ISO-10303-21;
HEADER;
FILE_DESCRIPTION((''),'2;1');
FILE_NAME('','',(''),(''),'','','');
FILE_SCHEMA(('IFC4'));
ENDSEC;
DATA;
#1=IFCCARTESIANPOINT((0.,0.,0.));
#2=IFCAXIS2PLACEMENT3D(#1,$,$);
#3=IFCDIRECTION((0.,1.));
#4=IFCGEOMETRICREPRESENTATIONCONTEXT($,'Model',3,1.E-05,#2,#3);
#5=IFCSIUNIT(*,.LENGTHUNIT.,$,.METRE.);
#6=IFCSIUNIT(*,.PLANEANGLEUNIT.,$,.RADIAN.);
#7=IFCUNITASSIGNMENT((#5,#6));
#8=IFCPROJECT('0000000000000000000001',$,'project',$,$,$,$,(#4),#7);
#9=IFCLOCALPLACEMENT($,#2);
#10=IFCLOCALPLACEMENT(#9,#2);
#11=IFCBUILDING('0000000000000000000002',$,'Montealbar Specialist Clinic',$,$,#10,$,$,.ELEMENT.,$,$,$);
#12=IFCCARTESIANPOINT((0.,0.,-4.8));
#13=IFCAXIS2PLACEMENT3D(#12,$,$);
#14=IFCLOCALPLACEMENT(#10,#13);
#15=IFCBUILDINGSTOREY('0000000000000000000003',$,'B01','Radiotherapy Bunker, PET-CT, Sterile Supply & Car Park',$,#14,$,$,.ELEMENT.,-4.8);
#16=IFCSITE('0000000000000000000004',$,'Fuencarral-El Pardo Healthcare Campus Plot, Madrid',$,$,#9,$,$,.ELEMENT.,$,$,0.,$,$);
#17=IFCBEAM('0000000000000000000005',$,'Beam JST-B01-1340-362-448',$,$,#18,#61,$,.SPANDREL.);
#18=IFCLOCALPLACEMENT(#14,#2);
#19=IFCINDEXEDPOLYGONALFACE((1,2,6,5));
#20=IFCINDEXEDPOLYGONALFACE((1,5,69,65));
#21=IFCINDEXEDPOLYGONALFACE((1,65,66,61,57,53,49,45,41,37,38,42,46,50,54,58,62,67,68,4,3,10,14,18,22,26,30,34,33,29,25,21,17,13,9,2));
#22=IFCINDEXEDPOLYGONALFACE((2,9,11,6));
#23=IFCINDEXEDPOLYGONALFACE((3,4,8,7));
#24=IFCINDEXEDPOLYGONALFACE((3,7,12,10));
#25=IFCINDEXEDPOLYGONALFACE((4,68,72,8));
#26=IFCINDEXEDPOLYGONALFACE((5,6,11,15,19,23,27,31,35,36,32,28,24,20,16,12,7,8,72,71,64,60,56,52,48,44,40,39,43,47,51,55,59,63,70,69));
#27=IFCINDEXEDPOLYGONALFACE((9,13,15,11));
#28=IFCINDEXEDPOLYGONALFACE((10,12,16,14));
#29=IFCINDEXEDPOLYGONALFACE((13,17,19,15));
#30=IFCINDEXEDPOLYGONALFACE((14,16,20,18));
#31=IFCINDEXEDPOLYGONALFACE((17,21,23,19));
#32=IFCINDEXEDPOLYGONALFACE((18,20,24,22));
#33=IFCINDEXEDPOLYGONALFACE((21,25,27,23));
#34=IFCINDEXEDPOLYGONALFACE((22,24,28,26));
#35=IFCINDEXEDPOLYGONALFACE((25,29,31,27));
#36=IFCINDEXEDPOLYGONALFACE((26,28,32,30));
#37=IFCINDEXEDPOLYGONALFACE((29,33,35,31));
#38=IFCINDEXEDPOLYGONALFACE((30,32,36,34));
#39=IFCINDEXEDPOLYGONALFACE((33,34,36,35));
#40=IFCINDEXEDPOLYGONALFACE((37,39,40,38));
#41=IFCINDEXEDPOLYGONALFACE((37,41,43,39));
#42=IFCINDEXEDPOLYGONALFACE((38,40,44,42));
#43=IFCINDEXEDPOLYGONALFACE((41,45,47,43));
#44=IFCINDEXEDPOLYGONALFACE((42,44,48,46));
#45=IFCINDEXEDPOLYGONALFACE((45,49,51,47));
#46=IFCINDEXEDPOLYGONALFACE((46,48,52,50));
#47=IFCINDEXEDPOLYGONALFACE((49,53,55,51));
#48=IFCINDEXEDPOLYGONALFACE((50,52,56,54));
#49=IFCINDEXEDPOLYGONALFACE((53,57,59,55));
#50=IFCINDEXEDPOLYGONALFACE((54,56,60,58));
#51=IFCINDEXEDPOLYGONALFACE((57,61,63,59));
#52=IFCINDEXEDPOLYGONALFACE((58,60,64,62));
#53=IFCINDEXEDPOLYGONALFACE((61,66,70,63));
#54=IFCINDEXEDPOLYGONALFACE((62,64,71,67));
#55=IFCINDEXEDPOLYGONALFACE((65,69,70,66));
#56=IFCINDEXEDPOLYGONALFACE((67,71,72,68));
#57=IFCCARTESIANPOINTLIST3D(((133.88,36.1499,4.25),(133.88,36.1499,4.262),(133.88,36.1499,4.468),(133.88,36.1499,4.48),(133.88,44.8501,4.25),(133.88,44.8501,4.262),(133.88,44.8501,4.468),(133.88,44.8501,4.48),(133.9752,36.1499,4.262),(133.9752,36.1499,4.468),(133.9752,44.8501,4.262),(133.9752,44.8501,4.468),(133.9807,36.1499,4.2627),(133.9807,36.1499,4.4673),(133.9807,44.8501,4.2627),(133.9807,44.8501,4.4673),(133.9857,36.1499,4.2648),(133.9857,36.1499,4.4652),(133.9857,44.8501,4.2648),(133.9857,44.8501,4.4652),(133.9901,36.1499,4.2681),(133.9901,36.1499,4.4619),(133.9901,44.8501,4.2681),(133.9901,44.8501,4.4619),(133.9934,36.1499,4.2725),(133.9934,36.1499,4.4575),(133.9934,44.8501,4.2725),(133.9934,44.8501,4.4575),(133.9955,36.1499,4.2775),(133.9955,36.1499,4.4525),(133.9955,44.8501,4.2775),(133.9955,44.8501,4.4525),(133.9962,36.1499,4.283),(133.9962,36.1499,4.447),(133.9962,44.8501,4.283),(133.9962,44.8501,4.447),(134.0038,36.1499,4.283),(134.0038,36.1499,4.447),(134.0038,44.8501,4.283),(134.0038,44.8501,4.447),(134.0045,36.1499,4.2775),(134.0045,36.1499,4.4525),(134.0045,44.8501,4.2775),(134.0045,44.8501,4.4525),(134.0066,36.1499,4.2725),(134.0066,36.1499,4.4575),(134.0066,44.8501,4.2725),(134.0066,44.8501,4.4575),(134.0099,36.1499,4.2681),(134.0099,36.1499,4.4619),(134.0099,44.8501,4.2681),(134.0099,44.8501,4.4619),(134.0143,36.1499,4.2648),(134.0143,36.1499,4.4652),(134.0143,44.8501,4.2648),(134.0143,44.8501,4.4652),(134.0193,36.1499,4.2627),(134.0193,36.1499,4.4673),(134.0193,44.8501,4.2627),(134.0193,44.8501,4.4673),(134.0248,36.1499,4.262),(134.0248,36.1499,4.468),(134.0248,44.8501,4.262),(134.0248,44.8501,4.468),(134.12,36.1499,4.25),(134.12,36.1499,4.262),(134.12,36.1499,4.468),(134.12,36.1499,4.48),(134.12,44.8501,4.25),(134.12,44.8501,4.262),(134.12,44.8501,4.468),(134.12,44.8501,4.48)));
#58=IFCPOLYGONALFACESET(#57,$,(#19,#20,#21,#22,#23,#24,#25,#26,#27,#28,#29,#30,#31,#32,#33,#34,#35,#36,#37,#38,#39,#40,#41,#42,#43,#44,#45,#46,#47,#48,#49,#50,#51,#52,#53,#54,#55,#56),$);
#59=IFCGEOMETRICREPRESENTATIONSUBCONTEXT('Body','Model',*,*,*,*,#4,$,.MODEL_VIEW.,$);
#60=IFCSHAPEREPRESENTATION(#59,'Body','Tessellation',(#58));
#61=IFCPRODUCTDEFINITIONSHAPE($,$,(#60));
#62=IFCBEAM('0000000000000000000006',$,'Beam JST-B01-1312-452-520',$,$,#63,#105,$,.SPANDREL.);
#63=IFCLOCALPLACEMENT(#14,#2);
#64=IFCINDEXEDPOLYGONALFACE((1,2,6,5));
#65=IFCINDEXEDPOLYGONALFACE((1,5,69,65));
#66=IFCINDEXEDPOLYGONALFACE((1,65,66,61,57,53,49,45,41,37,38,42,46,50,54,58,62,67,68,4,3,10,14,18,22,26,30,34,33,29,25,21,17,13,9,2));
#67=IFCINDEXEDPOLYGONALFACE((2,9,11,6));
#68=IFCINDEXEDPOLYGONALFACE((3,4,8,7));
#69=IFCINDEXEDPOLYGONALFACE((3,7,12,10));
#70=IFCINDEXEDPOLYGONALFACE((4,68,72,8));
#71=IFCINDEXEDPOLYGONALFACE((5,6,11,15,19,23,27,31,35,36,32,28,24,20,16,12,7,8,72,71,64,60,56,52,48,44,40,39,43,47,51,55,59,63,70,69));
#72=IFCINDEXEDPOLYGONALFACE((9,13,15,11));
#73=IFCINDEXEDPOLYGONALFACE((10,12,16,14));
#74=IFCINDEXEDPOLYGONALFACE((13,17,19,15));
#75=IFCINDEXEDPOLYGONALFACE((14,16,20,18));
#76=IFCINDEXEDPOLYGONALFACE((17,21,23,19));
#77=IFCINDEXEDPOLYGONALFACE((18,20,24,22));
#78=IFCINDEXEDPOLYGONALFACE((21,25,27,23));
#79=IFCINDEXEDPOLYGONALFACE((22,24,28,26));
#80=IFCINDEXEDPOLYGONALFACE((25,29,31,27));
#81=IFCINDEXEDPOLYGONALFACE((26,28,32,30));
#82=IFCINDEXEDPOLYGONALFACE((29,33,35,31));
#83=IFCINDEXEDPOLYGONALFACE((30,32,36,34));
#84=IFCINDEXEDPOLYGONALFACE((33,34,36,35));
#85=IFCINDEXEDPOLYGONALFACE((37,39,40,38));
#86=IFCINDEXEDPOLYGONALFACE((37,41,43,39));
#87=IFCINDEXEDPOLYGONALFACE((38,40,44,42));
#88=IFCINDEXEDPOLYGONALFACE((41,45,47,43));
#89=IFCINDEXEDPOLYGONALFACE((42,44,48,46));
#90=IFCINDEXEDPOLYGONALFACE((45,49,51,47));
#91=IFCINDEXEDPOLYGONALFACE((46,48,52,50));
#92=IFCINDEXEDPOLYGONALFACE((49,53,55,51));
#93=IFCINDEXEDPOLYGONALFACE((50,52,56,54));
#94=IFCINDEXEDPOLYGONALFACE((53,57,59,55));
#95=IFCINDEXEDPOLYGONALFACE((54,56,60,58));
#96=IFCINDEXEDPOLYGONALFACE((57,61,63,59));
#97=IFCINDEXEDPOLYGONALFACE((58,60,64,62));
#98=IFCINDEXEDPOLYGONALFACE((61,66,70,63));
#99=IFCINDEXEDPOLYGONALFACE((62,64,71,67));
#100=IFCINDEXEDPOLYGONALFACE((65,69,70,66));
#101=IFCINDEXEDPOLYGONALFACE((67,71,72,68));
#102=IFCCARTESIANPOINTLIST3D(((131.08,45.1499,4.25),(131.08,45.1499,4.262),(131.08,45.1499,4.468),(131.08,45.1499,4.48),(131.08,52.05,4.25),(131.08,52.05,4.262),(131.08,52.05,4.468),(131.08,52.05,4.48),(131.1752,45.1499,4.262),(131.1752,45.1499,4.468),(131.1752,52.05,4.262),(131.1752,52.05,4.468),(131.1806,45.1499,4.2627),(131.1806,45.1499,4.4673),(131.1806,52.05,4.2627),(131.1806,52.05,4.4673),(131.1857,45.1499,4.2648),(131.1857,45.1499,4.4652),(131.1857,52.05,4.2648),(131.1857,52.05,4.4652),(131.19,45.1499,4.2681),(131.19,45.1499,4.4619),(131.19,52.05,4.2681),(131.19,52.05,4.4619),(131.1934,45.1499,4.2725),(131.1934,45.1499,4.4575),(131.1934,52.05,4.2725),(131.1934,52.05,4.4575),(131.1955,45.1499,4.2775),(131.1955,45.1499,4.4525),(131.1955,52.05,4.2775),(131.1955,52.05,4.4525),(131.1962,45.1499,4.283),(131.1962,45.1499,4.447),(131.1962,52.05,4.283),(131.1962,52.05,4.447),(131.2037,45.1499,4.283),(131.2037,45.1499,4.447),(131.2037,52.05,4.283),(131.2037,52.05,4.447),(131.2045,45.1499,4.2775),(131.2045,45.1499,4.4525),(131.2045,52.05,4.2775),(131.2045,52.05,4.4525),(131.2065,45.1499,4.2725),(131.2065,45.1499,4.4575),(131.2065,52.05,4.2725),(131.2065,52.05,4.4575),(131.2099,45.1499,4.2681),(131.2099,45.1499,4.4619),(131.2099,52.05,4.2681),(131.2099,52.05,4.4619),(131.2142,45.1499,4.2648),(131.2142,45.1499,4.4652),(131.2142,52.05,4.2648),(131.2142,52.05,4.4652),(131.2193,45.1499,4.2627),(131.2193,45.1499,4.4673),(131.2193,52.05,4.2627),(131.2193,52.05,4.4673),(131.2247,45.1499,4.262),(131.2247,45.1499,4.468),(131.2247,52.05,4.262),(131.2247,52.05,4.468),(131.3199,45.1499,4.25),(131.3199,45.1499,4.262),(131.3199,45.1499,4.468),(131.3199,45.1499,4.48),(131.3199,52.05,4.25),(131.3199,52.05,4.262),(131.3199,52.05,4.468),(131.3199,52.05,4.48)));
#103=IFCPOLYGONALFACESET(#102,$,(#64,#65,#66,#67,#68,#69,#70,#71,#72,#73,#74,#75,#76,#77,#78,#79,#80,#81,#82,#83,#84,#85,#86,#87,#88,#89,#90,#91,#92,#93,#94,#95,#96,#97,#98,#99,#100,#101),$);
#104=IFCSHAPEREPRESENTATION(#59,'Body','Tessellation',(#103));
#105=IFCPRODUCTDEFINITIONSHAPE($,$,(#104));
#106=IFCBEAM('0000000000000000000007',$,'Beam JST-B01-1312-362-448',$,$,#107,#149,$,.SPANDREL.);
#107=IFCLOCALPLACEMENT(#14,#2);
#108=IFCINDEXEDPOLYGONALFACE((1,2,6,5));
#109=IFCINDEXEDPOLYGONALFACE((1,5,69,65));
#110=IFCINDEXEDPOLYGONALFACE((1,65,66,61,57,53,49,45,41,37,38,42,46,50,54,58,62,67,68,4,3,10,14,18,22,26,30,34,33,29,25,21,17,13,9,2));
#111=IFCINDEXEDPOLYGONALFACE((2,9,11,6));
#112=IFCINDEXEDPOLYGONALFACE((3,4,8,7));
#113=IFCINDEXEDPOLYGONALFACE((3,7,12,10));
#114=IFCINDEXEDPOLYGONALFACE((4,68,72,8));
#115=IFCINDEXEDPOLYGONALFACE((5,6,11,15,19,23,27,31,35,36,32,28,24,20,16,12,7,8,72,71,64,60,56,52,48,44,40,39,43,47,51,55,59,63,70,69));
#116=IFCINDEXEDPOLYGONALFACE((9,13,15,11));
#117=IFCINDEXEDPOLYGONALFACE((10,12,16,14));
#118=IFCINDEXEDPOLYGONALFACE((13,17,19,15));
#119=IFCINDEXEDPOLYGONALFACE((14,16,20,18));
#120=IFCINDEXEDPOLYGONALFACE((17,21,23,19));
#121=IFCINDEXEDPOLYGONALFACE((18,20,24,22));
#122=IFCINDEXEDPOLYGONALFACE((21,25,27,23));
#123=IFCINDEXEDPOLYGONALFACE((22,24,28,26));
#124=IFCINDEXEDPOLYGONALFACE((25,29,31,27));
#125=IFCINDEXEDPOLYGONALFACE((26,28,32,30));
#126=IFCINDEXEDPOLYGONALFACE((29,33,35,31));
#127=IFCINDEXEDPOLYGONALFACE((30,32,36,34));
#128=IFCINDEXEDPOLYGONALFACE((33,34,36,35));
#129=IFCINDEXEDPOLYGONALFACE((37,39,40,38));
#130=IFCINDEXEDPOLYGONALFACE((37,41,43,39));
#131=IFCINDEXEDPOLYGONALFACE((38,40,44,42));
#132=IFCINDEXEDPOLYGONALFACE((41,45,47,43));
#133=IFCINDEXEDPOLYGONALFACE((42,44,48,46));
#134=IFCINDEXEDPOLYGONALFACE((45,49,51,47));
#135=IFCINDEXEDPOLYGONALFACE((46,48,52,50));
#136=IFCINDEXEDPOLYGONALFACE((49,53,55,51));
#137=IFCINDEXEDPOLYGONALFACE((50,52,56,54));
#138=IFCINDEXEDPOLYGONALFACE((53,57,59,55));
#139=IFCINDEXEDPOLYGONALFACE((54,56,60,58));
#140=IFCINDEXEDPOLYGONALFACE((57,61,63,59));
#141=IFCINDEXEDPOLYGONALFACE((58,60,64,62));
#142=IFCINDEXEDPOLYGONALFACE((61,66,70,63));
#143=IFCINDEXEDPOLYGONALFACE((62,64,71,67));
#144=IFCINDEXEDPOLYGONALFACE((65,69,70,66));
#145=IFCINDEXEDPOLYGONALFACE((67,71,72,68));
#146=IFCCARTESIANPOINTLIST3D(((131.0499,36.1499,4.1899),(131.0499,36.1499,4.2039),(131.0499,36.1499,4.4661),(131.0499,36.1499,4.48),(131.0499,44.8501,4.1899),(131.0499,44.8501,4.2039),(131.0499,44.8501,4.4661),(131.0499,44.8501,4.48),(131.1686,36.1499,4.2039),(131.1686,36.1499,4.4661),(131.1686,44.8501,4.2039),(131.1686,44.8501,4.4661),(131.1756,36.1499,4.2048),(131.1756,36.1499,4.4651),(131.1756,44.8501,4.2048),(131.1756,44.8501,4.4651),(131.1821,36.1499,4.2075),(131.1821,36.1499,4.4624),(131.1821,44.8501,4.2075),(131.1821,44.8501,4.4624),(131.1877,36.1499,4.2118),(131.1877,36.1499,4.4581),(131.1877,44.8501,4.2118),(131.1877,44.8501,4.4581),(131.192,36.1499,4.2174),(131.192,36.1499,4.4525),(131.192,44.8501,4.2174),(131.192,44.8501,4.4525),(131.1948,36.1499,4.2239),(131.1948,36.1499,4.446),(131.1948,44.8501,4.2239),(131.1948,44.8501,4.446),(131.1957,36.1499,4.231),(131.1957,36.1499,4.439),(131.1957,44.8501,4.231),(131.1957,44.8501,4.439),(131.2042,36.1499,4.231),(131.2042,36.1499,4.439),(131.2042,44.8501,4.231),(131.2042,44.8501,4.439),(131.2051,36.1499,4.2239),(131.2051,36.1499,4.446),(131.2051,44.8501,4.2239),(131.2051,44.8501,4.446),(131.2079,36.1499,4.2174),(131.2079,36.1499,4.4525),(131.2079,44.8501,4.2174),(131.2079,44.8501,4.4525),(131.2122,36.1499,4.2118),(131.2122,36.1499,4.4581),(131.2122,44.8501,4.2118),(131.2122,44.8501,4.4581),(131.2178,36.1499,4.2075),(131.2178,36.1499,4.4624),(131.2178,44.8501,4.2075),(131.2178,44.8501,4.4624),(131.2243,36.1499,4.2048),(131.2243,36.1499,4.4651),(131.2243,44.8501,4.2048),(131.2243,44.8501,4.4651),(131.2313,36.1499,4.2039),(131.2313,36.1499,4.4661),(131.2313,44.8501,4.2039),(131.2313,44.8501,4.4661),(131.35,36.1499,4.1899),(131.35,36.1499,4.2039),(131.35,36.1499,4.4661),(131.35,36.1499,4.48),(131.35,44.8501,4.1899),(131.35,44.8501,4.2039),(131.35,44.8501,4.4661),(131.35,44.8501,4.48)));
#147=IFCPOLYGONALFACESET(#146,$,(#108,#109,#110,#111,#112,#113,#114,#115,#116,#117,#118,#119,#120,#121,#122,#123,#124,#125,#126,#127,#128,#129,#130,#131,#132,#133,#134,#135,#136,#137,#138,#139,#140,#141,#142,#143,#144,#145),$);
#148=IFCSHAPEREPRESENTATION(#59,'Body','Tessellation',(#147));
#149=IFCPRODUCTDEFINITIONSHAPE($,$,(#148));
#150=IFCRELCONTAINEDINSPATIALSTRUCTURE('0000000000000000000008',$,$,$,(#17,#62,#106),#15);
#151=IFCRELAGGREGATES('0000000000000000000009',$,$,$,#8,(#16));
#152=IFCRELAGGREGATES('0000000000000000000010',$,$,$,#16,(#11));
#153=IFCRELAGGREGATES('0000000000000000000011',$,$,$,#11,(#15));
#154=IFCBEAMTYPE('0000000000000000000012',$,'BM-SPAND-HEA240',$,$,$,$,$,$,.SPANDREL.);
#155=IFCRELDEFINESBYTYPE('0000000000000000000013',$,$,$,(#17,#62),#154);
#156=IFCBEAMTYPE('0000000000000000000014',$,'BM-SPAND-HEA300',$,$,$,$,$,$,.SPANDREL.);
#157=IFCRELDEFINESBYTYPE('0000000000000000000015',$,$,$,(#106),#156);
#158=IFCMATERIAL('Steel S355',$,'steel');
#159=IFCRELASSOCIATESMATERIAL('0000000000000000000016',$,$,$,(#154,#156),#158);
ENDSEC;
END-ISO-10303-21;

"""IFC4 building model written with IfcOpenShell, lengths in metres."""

from ifc_helpers import new_model, si_unit, direction, frame, origin, origin_2d, place, context, subcontext, project, spatial, i_section, extrude, material, material_profile, profile_set, type_object, element, save


model = new_model("IFC4")

# Units and contexts
model_context = context("Model", 3, precision=1e-05, world=origin(), true_north=direction((0.0, 1.0)))
body_context = subcontext(model_context, "Body", "Model", "MODEL_VIEW")
ifc_project = project(units=[si_unit("LENGTHUNIT", "METRE"), si_unit("PLANEANGLEUNIT", "RADIAN")], contexts=[model_context])

# Site, building, storey
site_placement = place(None, origin())
site = spatial("IfcSite", under=ifc_project, at=site_placement, Name="Fuencarral-El Pardo Healthcare Campus Plot, Madrid", CompositionType="ELEMENT", RefElevation=0.0)
building_placement = place(site_placement, origin())
building = spatial("IfcBuilding", under=site, at=building_placement, Name="Montealbar Specialist Clinic", CompositionType="ELEMENT")
storey_placement = place(building_placement, frame((0.0, 0.0, -4.8)))
storey = spatial("IfcBuildingStorey", under=building, at=storey_placement, Name="B01", Description="Radiotherapy Bunker, PET-CT, Sterile Supply & Car Park", CompositionType="ELEMENT", Elevation=-4.8)

# Shared definitions
ifc_material_1 = material(Name="Steel S355", Category="steel")

# Beams
ifc_material_profile_1 = material_profile(ifc_material_1, i_section(OverallWidth=0.24, OverallDepth=0.23, WebThickness=0.0076, FlangeThickness=0.012, FilletRadius=0.021, at=origin_2d()), Name="HEA 240", Category="steel")
ifc_profile_set_1 = profile_set([ifc_material_profile_1], Name="Steel S355")
beam_type_1 = type_object("IfcBeamType", Name="BM-SPAND-HEA240", PredefinedType="SPANDREL", material=ifc_profile_set_1)
beam_1_placement = place(storey_placement, frame((134.0, 36.1499, 4.365), z_axis=(0.0, 1.0, 0.0), x_axis=(-1.0, 0.0, 0.0)))
element("IfcBeam", 1, at=beam_1_placement, inside=storey, type_object=beam_type_1, Name="Beam JST-B01-1340-362-448", PredefinedType="SPANDREL", context=body_context, shape_type="SweptSolid", body=[
    extrude(i_section(OverallWidth=0.24, OverallDepth=0.23, WebThickness=0.0076, FlangeThickness=0.012, FilletRadius=0.021, at=origin_2d()), origin(), (0.0, 0.0, 1.0), 8.7002),
])
beam_2_placement = place(storey_placement, frame((131.2, 45.1499, 4.365), z_axis=(0.0, 1.0, 0.0), x_axis=(-1.0, 0.0, 0.0)))
element("IfcBeam", 2, at=beam_2_placement, inside=storey, type_object=beam_type_1, Name="Beam JST-B01-1312-452-520", PredefinedType="SPANDREL", context=body_context, shape_type="SweptSolid", body=[
    extrude(i_section(OverallWidth=0.24, OverallDepth=0.23, WebThickness=0.0076, FlangeThickness=0.012, FilletRadius=0.021, at=origin_2d()), origin(), (0.0, 0.0, 1.0), 6.9001),
])
ifc_material_profile_2 = material_profile(ifc_material_1, i_section(OverallWidth=0.3, OverallDepth=0.29, WebThickness=0.0085, FlangeThickness=0.0139, FilletRadius=0.0271, at=origin_2d()), Name="HEA 300", Category="steel")
ifc_profile_set_2 = profile_set([ifc_material_profile_2], Name="Steel S355")
beam_type_2 = type_object("IfcBeamType", Name="BM-SPAND-HEA300", PredefinedType="SPANDREL", material=ifc_profile_set_2)
beam_3_placement = place(storey_placement, frame((131.2, 36.1499, 4.335), z_axis=(0.0, 1.0, 0.0), x_axis=(-1.0, 0.0, 0.0)))
element("IfcBeam", 3, at=beam_3_placement, inside=storey, type_object=beam_type_2, Name="Beam JST-B01-1312-362-448", PredefinedType="SPANDREL", context=body_context, shape_type="SweptSolid", body=[
    extrude(i_section(OverallWidth=0.3, OverallDepth=0.29, WebThickness=0.0085, FlangeThickness=0.0139, FilletRadius=0.0271, at=origin_2d()), origin(), (0.0, 0.0, 1.0), 8.7002),
])

save(model, "model.ifc")
